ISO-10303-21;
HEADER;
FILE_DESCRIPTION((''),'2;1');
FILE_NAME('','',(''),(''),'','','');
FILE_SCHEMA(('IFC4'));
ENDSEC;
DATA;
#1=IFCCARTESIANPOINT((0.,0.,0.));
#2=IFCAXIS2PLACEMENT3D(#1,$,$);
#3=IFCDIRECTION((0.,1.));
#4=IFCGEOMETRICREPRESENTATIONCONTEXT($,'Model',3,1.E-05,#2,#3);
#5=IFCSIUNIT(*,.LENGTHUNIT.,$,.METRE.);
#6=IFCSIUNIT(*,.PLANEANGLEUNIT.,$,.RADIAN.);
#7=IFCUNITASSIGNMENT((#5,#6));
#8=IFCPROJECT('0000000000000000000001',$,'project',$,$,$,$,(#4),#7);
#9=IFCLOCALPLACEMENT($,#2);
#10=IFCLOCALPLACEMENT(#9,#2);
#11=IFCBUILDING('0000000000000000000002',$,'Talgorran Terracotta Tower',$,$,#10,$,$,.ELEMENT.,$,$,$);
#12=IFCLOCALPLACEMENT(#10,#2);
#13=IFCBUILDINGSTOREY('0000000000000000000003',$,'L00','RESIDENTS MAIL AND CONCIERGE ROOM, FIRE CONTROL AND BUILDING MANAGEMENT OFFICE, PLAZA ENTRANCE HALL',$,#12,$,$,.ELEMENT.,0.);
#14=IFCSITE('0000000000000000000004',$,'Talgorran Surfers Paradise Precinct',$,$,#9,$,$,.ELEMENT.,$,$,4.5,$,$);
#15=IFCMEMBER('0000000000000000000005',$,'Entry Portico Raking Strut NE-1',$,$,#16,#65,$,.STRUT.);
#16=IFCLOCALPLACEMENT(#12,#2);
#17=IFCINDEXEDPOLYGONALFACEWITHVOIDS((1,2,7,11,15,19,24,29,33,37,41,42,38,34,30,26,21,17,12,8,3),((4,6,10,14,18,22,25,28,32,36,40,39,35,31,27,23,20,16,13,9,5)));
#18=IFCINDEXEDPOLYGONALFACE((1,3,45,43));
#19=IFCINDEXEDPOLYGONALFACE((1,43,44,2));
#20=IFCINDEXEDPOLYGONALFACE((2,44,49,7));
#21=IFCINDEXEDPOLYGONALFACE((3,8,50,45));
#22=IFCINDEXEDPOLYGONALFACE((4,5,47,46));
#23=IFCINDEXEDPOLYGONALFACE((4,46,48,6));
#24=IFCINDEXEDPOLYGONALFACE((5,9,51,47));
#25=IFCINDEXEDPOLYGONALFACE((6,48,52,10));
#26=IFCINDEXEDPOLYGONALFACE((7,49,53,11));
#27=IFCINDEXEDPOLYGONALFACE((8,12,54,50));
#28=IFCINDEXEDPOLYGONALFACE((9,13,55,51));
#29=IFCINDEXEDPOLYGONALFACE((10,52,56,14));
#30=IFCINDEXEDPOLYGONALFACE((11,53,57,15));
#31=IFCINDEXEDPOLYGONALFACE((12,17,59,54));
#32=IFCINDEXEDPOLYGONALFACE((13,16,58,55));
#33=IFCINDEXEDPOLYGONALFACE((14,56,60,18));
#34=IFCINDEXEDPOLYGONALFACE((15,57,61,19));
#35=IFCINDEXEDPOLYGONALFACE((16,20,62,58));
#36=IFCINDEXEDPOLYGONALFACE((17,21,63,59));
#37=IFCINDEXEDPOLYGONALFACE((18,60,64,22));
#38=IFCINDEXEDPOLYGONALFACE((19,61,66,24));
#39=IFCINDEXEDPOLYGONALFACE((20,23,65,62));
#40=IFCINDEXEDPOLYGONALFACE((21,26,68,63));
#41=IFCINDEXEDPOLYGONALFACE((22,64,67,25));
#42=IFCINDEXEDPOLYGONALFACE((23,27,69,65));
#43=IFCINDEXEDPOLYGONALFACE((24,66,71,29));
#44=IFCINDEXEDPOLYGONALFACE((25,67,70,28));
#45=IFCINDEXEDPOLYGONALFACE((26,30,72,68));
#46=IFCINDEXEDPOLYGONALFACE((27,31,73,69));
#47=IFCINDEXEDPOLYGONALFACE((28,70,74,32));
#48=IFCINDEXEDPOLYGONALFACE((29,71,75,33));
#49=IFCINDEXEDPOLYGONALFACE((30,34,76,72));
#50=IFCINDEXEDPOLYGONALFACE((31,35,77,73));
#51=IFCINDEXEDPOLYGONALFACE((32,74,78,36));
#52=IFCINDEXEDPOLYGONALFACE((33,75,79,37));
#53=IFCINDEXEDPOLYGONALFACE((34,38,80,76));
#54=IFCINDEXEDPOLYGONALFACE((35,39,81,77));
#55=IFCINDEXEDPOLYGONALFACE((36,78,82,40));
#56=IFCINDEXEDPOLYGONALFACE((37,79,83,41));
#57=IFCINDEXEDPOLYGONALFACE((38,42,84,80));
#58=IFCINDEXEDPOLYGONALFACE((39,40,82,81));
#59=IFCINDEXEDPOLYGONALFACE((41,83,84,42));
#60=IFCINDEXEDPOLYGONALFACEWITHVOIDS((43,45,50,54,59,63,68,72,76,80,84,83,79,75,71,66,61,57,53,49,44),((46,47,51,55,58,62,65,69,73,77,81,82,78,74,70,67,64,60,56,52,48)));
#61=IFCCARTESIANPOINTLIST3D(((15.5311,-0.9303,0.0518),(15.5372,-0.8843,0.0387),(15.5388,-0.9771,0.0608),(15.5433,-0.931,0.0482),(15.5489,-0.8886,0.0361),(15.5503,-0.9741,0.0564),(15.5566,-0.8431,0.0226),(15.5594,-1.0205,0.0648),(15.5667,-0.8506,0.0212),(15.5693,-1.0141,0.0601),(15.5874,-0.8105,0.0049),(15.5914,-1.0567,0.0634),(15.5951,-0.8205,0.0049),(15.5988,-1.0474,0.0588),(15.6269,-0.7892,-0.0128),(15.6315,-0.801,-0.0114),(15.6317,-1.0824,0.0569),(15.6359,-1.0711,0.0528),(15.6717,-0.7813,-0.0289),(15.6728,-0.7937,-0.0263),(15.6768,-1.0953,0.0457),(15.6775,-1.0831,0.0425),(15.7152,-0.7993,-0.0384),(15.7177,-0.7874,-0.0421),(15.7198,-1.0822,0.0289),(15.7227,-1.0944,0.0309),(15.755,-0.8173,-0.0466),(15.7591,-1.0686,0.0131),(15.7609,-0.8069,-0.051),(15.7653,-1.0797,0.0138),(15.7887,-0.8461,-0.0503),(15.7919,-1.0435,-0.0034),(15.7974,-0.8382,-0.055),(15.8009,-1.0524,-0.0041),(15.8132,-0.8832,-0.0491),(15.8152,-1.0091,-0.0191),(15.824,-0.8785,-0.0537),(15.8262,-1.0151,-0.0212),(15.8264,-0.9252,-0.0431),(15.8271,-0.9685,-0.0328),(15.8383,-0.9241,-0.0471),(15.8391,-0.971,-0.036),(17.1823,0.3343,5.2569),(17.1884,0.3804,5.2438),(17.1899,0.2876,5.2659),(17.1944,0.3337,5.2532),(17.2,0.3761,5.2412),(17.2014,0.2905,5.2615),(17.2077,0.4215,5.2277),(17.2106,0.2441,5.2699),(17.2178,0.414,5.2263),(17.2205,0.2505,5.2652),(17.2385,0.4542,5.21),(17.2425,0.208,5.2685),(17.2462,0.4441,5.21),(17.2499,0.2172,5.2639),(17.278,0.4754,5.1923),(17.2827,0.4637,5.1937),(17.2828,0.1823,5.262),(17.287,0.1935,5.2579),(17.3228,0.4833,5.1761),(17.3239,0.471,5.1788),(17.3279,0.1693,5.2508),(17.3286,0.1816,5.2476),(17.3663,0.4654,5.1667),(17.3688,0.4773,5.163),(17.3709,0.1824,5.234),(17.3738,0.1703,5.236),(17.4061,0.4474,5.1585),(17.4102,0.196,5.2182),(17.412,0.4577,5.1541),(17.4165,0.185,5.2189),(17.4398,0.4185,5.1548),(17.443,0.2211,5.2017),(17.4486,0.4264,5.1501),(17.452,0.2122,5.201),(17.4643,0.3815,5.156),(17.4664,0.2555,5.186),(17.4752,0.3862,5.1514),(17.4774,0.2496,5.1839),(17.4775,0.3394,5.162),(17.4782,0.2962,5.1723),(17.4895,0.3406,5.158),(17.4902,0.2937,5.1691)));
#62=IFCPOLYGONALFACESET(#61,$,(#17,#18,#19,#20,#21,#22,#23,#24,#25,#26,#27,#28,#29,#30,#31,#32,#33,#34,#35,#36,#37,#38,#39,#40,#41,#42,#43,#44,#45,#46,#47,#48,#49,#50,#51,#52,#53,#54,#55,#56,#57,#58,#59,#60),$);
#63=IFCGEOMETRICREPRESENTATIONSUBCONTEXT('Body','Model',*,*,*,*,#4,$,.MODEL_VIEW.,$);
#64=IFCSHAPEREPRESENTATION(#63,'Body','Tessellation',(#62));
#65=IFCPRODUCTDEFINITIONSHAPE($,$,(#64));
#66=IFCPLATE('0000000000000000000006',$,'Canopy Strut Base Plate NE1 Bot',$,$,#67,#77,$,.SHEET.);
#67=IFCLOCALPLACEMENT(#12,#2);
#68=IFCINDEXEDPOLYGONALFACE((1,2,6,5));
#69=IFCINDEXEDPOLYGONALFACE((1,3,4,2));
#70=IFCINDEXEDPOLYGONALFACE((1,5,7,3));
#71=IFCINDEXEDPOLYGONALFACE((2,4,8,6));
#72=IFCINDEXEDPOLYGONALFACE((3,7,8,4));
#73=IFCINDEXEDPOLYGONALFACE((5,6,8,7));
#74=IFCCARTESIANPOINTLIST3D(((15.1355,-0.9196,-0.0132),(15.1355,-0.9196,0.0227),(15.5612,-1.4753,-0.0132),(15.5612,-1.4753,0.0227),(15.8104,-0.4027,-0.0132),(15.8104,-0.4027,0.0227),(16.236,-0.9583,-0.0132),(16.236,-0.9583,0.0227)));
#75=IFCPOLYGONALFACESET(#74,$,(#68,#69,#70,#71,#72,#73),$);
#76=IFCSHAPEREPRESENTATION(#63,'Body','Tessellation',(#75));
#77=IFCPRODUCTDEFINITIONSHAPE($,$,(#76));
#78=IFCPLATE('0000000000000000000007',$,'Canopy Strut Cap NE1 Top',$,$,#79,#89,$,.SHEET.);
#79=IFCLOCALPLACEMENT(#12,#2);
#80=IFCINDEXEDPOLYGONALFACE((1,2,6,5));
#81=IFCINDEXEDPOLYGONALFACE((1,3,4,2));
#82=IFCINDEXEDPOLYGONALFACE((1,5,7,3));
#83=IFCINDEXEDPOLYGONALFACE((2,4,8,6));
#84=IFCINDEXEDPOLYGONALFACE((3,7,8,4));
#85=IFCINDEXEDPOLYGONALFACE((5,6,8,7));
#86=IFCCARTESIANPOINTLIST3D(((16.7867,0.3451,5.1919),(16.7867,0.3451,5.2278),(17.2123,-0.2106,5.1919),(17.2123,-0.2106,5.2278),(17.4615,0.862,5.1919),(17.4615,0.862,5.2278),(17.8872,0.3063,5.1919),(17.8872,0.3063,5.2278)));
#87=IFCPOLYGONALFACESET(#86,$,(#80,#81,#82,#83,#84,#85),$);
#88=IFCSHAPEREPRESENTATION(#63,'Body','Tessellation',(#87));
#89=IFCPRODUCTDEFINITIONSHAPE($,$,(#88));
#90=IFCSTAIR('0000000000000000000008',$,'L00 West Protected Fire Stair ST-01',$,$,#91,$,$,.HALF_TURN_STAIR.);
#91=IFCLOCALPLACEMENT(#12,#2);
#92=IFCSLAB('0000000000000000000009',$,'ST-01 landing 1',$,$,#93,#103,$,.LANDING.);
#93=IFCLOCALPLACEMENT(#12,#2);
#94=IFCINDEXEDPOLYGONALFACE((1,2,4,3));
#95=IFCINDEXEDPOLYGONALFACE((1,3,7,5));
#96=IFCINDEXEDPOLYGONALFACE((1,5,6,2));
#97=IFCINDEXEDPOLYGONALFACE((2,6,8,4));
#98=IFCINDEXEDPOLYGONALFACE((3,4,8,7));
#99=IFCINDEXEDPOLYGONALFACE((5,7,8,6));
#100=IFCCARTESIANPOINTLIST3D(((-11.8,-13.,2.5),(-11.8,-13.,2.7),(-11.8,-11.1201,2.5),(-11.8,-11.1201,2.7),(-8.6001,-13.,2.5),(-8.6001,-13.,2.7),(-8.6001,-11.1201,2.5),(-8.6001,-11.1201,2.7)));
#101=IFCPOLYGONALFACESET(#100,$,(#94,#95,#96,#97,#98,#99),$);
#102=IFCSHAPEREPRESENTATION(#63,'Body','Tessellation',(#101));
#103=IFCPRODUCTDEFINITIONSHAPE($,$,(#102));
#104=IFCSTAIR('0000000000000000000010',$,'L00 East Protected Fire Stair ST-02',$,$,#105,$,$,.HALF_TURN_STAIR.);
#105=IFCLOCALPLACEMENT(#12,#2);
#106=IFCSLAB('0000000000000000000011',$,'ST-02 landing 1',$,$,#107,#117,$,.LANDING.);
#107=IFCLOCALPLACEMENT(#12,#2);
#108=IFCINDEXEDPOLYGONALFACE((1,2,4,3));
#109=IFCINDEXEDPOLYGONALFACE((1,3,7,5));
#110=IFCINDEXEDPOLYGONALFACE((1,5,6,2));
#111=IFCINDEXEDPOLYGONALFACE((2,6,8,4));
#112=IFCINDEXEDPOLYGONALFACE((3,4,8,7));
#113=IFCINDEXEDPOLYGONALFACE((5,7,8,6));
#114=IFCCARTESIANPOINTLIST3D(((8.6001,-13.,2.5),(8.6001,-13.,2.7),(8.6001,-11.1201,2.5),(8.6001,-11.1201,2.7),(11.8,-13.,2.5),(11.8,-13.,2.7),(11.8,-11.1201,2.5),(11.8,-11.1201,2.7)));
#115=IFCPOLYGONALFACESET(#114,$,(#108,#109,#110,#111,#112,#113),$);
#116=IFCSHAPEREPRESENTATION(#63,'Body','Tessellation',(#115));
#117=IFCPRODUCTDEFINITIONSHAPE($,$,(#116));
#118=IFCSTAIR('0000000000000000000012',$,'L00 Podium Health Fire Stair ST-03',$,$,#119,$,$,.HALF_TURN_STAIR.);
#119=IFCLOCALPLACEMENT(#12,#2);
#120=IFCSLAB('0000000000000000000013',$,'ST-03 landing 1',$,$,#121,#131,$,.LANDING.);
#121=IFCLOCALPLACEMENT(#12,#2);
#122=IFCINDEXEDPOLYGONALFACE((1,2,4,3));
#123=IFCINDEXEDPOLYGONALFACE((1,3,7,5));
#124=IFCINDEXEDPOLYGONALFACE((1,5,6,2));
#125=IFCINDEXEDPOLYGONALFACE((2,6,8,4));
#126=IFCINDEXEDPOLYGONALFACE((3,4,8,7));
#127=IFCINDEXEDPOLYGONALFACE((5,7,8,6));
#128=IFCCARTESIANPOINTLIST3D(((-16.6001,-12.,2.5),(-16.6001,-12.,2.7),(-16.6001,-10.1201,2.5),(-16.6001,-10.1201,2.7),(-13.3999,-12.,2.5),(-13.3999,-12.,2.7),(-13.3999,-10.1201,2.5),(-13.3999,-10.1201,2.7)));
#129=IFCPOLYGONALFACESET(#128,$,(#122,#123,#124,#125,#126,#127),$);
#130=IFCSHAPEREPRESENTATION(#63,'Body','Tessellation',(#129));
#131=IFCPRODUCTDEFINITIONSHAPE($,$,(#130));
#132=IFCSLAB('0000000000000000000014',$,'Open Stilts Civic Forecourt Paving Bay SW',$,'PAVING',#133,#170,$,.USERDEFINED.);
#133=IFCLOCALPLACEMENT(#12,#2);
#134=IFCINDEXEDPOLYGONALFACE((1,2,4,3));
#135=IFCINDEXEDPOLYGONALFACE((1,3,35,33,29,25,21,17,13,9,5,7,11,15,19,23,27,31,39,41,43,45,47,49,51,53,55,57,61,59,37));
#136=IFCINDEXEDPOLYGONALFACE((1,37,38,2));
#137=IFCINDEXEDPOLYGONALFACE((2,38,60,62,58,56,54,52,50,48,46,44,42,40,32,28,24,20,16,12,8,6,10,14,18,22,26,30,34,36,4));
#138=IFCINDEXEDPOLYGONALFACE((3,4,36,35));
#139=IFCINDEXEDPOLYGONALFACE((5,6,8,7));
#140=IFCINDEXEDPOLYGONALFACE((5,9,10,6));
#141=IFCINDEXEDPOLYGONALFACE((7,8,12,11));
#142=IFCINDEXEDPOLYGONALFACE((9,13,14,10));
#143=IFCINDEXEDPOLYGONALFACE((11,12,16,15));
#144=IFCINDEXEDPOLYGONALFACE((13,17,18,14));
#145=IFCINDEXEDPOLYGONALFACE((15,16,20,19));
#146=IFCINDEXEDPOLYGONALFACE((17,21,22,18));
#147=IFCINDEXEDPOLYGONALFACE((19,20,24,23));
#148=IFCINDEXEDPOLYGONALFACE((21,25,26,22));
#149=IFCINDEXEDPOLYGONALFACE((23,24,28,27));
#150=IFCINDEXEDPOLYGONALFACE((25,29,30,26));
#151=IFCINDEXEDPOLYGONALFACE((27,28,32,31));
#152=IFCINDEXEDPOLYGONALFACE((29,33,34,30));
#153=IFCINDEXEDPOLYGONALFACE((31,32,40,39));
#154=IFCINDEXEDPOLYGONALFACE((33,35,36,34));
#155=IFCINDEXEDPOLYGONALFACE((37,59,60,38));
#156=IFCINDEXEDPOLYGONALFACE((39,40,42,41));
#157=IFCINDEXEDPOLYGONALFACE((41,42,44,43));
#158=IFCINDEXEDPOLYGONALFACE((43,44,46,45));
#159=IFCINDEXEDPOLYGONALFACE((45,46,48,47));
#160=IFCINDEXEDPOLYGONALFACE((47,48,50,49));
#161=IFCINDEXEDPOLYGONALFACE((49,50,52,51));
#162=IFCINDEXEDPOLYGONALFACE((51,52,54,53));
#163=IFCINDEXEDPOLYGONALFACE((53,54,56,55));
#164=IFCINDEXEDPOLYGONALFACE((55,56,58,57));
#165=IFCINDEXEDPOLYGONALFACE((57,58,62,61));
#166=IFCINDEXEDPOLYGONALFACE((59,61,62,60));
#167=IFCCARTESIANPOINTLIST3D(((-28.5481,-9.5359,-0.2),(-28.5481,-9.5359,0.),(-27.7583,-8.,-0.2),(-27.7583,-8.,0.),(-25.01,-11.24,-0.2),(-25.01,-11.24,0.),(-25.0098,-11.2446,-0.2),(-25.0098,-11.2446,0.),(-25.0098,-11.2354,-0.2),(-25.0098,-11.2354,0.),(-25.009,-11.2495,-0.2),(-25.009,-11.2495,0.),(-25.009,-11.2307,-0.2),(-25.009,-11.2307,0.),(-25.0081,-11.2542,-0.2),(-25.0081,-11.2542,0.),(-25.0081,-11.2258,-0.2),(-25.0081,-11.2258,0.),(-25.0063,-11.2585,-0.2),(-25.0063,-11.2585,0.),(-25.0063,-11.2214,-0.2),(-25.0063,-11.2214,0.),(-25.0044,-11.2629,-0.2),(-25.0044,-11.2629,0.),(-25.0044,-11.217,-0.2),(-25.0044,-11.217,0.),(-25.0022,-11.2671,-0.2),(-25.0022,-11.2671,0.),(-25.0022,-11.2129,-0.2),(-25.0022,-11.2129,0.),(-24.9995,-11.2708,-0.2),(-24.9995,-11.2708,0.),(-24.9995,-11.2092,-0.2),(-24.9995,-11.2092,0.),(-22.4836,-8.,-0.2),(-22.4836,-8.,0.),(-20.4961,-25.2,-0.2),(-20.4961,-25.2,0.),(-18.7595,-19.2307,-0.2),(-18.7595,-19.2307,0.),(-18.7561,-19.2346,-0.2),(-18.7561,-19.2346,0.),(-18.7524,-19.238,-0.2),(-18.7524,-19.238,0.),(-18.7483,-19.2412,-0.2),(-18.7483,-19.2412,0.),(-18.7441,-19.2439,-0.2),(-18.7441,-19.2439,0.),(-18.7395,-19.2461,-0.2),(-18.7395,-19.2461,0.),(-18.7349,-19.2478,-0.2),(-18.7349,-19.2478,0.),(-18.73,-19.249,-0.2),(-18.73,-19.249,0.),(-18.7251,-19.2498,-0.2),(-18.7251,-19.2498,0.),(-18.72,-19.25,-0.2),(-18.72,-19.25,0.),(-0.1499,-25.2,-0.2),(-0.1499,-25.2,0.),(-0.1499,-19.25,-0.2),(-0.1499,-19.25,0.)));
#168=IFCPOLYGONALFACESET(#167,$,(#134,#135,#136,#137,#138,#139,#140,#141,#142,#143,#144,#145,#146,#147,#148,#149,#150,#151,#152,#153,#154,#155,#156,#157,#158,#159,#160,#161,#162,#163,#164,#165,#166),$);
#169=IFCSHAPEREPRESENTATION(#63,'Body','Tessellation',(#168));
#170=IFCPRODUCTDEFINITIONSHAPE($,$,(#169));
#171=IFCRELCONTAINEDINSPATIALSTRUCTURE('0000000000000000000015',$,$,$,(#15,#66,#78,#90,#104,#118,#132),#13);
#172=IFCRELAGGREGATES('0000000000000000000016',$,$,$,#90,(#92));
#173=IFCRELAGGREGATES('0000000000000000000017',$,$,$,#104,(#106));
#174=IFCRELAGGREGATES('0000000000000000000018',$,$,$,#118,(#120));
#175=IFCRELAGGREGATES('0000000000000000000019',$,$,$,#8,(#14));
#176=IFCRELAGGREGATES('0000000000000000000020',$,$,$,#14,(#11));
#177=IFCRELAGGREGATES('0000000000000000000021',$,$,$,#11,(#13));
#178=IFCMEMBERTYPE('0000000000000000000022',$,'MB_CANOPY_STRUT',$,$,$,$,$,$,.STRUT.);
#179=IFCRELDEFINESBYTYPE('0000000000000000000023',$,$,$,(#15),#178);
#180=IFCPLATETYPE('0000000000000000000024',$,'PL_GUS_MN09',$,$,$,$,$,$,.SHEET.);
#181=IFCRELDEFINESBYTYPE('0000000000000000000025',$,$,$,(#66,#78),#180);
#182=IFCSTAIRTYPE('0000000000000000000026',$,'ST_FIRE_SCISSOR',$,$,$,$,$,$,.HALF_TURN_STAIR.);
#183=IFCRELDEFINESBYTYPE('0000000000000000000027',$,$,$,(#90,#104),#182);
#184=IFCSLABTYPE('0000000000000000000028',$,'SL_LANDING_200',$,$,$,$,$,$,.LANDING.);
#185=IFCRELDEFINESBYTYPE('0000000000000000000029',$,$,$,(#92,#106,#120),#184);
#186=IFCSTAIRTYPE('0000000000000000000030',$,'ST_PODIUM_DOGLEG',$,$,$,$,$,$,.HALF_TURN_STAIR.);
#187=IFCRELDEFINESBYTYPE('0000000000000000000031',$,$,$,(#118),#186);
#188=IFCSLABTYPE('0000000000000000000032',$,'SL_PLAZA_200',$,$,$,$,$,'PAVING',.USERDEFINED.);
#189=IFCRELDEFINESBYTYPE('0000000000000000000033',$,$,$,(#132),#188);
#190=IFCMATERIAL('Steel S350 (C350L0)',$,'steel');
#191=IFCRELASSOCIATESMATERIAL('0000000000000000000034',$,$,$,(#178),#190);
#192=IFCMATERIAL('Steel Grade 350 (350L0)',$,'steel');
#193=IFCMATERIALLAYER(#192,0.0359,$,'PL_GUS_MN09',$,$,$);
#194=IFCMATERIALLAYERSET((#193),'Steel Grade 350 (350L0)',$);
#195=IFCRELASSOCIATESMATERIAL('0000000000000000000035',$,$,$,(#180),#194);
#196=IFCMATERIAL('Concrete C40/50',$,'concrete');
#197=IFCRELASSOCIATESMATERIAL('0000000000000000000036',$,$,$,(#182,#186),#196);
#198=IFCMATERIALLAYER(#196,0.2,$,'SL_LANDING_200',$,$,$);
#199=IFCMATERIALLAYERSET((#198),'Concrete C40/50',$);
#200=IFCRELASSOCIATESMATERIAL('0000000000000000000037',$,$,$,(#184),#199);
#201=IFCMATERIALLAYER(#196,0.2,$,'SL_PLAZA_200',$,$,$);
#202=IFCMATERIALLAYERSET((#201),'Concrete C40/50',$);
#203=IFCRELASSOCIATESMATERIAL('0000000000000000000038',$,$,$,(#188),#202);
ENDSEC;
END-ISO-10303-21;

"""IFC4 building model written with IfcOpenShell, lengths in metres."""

from ifc_helpers import new_model, si_unit, direction, frame, origin, origin_2d, place, context, subcontext, project, spatial, polyline, rectangle, hollow_circle, outline, extrude, material, layer, layer_set, material_profile, profile_set, type_object, element, aggregate, save


model = new_model("IFC4")

# Units and contexts
model_context = context("Model", 3, precision=1e-05, world=origin(), true_north=direction((0.0, 1.0)))
body_context = subcontext(model_context, "Body", "Model", "MODEL_VIEW")
ifc_project = project(units=[si_unit("LENGTHUNIT", "METRE"), si_unit("PLANEANGLEUNIT", "RADIAN")], contexts=[model_context])

# Site, building, storey
site_placement = place(None, origin())
site = spatial("IfcSite", under=ifc_project, at=site_placement, Name="Talgorran Surfers Paradise Precinct", CompositionType="ELEMENT", RefElevation=4.5)
building_placement = place(site_placement, origin())
building = spatial("IfcBuilding", under=site, at=building_placement, Name="Talgorran Terracotta Tower", CompositionType="ELEMENT")
storey_placement = place(building_placement, origin())
storey = spatial("IfcBuildingStorey", under=building, at=storey_placement, Name="L00", Description="RESIDENTS MAIL AND CONCIERGE ROOM, FIRE CONTROL AND BUILDING MANAGEMENT OFFICE, PLAZA ENTRANCE HALL", CompositionType="ELEMENT", Elevation=0.0)

# Shared definitions
ifc_material_1 = material(Name="Steel Grade 350 (350L0)", Category="steel")

# Member
ifc_material_2 = material(Name="Steel S350 (C350L0)", Category="steel")
ifc_material_profile_1 = material_profile(ifc_material_2, hollow_circle(Radius=0.1619, WallThickness=0.0127, at=origin_2d()), Name="CHS323.9X12.7")
ifc_profile_set_1 = profile_set([ifc_material_profile_1], Name="Steel S350 (C350L0)")
member_type = type_object("IfcMemberType", Name="MB_CANOPY_STRUT", PredefinedType="STRUT", material=ifc_profile_set_1)
member_placement = place(storey_placement, frame((15.6858, -0.939, 0.0049), z_axis=(0.294569, 0.22562, 0.928614), x_axis=(-0.608064, 0.793888, 0.0)))
element("IfcMember", 1, at=member_placement, inside=storey, type_object=member_type, Name="Entry Portico Raking Strut NE-1", PredefinedType="STRUT", context=body_context, shape_type="SweptSolid", body=[
    extrude(hollow_circle(Radius=0.1619, WallThickness=0.0127, at=origin_2d()), origin(), (0.0, 0.0, 1.0), 5.6052),
])

# Plates
ifc_layer_1 = layer(ifc_material_1, 0.0359, Name="PL_GUS_MN09")
ifc_layer_set_1 = layer_set([ifc_layer_1], Name="Steel Grade 350 (350L0)")
plate_type = type_object("IfcPlateType", Name="PL_GUS_MN09", PredefinedType="SHEET", material=ifc_layer_set_1)
for number, where, z_axis, x_axis, name in (
    (2, (15.6858, -0.939, -0.0132), (0.0, 0.0, 1.0), (0.793884, 0.608069, 0.0), "Canopy Strut Base Plate NE1 Bot"),
    (3, (17.3369, 0.3257, 5.1919), (0.0, 0.0, 1.0), (0.793884, 0.608069, 0.0), "Canopy Strut Cap NE1 Top"),
):
    element("IfcPlate", number, at=place(storey_placement, frame(where, z_axis=z_axis, x_axis=x_axis)), inside=storey, type_object=plate_type, Name=name, PredefinedType="SHEET", context=body_context, shape_type="SweptSolid", body=[
        extrude(rectangle(XDim=0.8501, YDim=0.7, at=origin_2d()), origin(), (0.0, 0.0, 1.0), 0.0359),
    ])

# Stairs, slabs
ifc_material_3 = material(Name="Concrete C40/50", Category="concrete")
stair_type_1 = type_object("IfcStairType", Name="ST_FIRE_SCISSOR", PredefinedType="HALF_TURN_STAIR", material=ifc_material_3)
stair_1_placement = place(storey_placement, origin())
stair_1 = element("IfcStair", 4, at=stair_1_placement, inside=storey, type_object=stair_type_1, Name="L00 West Protected Fire Stair ST-01", PredefinedType="HALF_TURN_STAIR")
ifc_layer_2 = layer(ifc_material_3, 0.2, Name="SL_LANDING_200")
ifc_layer_set_2 = layer_set([ifc_layer_2], Name="Concrete C40/50")
slab_type_1 = type_object("IfcSlabType", Name="SL_LANDING_200", PredefinedType="LANDING", material=ifc_layer_set_2)
slab_1_placement = place(storey_placement, frame((0.0, 0.0, 2.5)))
slab_1 = element("IfcSlab", 5, at=slab_1_placement, type_object=slab_type_1, Name="ST-01 landing 1", PredefinedType="LANDING", context=body_context, shape_type="SweptSolid", body=[
    extrude(outline(polyline([(-11.8, -11.1201), (-11.8, -13.0), (-8.6001, -13.0), (-8.6001, -11.1201), (-11.8, -11.1201)])), origin(), (0.0, 0.0, 1.0), 0.2),
])
aggregate(stair_1, [slab_1])
stair_2_placement = place(storey_placement, origin())
stair_2 = element("IfcStair", 6, at=stair_2_placement, inside=storey, type_object=stair_type_1, Name="L00 East Protected Fire Stair ST-02", PredefinedType="HALF_TURN_STAIR")
slab_2_placement = place(storey_placement, frame((0.0, 0.0, 2.5)))
slab_2 = element("IfcSlab", 7, at=slab_2_placement, type_object=slab_type_1, Name="ST-02 landing 1", PredefinedType="LANDING", context=body_context, shape_type="SweptSolid", body=[
    extrude(outline(polyline([(8.6001, -11.1201), (8.6001, -13.0), (11.8, -13.0), (11.8, -11.1201), (8.6001, -11.1201)])), origin(), (0.0, 0.0, 1.0), 0.2),
])
aggregate(stair_2, [slab_2])
stair_type_2 = type_object("IfcStairType", Name="ST_PODIUM_DOGLEG", PredefinedType="HALF_TURN_STAIR", material=ifc_material_3)
stair_3_placement = place(storey_placement, origin())
stair_3 = element("IfcStair", 8, at=stair_3_placement, inside=storey, type_object=stair_type_2, Name="L00 Podium Health Fire Stair ST-03", PredefinedType="HALF_TURN_STAIR")
slab_3_placement = place(storey_placement, frame((0.0, 0.0, 2.5)))
slab_3 = element("IfcSlab", 9, at=slab_3_placement, type_object=slab_type_1, Name="ST-03 landing 1", PredefinedType="LANDING", context=body_context, shape_type="SweptSolid", body=[
    extrude(outline(polyline([(-16.6001, -10.1201), (-16.6001, -12.0), (-13.3999, -12.0), (-13.3999, -10.1201), (-16.6001, -10.1201)])), origin(), (0.0, 0.0, 1.0), 0.2),
])
aggregate(stair_3, [slab_3])

# Slab
ifc_layer_3 = layer(ifc_material_3, 0.2, Name="SL_PLAZA_200")
ifc_layer_set_3 = layer_set([ifc_layer_3], Name="Concrete C40/50")
slab_type_2 = type_object("IfcSlabType", Name="SL_PLAZA_200", ElementType="PAVING", PredefinedType="USERDEFINED", material=ifc_layer_set_3)
slab_4_placement = place(storey_placement, frame((0.0, 0.0, -0.2)))
element("IfcSlab", 10, at=slab_4_placement, inside=storey, type_object=slab_type_2, Name="Open Stilts Civic Forecourt Paving Bay SW", ObjectType="PAVING", PredefinedType="USERDEFINED", context=body_context, shape_type="SweptSolid", body=[
    extrude(outline(polyline([(-0.1499, -25.2), (-0.1499, -19.25), (-18.72, -19.25), (-18.7251, -19.2498), (-18.73, -19.249), (-18.7349, -19.2478), (-18.7395, -19.2461), (-18.7441, -19.2439), (-18.7483, -19.2412), (-18.7524, -19.238), (-18.7561, -19.2346), (-18.7595, -19.2307), (-24.9995, -11.2708), (-25.0022, -11.2671), (-25.0044, -11.2629), (-25.0063, -11.2585), (-25.0081, -11.2542), (-25.009, -11.2495), (-25.0098, -11.2446), (-25.01, -11.24), (-25.0098, -11.2354), (-25.009, -11.2307), (-25.0081, -11.2258), (-25.0063, -11.2214), (-25.0044, -11.217), (-25.0022, -11.2129), (-24.9995, -11.2092), (-22.4836, -8.0), (-27.7583, -8.0), (-28.5481, -9.5359), (-20.4961, -25.2), (-0.1499, -25.2)])), origin(), (0.0, 0.0, 1.0), 0.2),
])

save(model, "model.ifc")
